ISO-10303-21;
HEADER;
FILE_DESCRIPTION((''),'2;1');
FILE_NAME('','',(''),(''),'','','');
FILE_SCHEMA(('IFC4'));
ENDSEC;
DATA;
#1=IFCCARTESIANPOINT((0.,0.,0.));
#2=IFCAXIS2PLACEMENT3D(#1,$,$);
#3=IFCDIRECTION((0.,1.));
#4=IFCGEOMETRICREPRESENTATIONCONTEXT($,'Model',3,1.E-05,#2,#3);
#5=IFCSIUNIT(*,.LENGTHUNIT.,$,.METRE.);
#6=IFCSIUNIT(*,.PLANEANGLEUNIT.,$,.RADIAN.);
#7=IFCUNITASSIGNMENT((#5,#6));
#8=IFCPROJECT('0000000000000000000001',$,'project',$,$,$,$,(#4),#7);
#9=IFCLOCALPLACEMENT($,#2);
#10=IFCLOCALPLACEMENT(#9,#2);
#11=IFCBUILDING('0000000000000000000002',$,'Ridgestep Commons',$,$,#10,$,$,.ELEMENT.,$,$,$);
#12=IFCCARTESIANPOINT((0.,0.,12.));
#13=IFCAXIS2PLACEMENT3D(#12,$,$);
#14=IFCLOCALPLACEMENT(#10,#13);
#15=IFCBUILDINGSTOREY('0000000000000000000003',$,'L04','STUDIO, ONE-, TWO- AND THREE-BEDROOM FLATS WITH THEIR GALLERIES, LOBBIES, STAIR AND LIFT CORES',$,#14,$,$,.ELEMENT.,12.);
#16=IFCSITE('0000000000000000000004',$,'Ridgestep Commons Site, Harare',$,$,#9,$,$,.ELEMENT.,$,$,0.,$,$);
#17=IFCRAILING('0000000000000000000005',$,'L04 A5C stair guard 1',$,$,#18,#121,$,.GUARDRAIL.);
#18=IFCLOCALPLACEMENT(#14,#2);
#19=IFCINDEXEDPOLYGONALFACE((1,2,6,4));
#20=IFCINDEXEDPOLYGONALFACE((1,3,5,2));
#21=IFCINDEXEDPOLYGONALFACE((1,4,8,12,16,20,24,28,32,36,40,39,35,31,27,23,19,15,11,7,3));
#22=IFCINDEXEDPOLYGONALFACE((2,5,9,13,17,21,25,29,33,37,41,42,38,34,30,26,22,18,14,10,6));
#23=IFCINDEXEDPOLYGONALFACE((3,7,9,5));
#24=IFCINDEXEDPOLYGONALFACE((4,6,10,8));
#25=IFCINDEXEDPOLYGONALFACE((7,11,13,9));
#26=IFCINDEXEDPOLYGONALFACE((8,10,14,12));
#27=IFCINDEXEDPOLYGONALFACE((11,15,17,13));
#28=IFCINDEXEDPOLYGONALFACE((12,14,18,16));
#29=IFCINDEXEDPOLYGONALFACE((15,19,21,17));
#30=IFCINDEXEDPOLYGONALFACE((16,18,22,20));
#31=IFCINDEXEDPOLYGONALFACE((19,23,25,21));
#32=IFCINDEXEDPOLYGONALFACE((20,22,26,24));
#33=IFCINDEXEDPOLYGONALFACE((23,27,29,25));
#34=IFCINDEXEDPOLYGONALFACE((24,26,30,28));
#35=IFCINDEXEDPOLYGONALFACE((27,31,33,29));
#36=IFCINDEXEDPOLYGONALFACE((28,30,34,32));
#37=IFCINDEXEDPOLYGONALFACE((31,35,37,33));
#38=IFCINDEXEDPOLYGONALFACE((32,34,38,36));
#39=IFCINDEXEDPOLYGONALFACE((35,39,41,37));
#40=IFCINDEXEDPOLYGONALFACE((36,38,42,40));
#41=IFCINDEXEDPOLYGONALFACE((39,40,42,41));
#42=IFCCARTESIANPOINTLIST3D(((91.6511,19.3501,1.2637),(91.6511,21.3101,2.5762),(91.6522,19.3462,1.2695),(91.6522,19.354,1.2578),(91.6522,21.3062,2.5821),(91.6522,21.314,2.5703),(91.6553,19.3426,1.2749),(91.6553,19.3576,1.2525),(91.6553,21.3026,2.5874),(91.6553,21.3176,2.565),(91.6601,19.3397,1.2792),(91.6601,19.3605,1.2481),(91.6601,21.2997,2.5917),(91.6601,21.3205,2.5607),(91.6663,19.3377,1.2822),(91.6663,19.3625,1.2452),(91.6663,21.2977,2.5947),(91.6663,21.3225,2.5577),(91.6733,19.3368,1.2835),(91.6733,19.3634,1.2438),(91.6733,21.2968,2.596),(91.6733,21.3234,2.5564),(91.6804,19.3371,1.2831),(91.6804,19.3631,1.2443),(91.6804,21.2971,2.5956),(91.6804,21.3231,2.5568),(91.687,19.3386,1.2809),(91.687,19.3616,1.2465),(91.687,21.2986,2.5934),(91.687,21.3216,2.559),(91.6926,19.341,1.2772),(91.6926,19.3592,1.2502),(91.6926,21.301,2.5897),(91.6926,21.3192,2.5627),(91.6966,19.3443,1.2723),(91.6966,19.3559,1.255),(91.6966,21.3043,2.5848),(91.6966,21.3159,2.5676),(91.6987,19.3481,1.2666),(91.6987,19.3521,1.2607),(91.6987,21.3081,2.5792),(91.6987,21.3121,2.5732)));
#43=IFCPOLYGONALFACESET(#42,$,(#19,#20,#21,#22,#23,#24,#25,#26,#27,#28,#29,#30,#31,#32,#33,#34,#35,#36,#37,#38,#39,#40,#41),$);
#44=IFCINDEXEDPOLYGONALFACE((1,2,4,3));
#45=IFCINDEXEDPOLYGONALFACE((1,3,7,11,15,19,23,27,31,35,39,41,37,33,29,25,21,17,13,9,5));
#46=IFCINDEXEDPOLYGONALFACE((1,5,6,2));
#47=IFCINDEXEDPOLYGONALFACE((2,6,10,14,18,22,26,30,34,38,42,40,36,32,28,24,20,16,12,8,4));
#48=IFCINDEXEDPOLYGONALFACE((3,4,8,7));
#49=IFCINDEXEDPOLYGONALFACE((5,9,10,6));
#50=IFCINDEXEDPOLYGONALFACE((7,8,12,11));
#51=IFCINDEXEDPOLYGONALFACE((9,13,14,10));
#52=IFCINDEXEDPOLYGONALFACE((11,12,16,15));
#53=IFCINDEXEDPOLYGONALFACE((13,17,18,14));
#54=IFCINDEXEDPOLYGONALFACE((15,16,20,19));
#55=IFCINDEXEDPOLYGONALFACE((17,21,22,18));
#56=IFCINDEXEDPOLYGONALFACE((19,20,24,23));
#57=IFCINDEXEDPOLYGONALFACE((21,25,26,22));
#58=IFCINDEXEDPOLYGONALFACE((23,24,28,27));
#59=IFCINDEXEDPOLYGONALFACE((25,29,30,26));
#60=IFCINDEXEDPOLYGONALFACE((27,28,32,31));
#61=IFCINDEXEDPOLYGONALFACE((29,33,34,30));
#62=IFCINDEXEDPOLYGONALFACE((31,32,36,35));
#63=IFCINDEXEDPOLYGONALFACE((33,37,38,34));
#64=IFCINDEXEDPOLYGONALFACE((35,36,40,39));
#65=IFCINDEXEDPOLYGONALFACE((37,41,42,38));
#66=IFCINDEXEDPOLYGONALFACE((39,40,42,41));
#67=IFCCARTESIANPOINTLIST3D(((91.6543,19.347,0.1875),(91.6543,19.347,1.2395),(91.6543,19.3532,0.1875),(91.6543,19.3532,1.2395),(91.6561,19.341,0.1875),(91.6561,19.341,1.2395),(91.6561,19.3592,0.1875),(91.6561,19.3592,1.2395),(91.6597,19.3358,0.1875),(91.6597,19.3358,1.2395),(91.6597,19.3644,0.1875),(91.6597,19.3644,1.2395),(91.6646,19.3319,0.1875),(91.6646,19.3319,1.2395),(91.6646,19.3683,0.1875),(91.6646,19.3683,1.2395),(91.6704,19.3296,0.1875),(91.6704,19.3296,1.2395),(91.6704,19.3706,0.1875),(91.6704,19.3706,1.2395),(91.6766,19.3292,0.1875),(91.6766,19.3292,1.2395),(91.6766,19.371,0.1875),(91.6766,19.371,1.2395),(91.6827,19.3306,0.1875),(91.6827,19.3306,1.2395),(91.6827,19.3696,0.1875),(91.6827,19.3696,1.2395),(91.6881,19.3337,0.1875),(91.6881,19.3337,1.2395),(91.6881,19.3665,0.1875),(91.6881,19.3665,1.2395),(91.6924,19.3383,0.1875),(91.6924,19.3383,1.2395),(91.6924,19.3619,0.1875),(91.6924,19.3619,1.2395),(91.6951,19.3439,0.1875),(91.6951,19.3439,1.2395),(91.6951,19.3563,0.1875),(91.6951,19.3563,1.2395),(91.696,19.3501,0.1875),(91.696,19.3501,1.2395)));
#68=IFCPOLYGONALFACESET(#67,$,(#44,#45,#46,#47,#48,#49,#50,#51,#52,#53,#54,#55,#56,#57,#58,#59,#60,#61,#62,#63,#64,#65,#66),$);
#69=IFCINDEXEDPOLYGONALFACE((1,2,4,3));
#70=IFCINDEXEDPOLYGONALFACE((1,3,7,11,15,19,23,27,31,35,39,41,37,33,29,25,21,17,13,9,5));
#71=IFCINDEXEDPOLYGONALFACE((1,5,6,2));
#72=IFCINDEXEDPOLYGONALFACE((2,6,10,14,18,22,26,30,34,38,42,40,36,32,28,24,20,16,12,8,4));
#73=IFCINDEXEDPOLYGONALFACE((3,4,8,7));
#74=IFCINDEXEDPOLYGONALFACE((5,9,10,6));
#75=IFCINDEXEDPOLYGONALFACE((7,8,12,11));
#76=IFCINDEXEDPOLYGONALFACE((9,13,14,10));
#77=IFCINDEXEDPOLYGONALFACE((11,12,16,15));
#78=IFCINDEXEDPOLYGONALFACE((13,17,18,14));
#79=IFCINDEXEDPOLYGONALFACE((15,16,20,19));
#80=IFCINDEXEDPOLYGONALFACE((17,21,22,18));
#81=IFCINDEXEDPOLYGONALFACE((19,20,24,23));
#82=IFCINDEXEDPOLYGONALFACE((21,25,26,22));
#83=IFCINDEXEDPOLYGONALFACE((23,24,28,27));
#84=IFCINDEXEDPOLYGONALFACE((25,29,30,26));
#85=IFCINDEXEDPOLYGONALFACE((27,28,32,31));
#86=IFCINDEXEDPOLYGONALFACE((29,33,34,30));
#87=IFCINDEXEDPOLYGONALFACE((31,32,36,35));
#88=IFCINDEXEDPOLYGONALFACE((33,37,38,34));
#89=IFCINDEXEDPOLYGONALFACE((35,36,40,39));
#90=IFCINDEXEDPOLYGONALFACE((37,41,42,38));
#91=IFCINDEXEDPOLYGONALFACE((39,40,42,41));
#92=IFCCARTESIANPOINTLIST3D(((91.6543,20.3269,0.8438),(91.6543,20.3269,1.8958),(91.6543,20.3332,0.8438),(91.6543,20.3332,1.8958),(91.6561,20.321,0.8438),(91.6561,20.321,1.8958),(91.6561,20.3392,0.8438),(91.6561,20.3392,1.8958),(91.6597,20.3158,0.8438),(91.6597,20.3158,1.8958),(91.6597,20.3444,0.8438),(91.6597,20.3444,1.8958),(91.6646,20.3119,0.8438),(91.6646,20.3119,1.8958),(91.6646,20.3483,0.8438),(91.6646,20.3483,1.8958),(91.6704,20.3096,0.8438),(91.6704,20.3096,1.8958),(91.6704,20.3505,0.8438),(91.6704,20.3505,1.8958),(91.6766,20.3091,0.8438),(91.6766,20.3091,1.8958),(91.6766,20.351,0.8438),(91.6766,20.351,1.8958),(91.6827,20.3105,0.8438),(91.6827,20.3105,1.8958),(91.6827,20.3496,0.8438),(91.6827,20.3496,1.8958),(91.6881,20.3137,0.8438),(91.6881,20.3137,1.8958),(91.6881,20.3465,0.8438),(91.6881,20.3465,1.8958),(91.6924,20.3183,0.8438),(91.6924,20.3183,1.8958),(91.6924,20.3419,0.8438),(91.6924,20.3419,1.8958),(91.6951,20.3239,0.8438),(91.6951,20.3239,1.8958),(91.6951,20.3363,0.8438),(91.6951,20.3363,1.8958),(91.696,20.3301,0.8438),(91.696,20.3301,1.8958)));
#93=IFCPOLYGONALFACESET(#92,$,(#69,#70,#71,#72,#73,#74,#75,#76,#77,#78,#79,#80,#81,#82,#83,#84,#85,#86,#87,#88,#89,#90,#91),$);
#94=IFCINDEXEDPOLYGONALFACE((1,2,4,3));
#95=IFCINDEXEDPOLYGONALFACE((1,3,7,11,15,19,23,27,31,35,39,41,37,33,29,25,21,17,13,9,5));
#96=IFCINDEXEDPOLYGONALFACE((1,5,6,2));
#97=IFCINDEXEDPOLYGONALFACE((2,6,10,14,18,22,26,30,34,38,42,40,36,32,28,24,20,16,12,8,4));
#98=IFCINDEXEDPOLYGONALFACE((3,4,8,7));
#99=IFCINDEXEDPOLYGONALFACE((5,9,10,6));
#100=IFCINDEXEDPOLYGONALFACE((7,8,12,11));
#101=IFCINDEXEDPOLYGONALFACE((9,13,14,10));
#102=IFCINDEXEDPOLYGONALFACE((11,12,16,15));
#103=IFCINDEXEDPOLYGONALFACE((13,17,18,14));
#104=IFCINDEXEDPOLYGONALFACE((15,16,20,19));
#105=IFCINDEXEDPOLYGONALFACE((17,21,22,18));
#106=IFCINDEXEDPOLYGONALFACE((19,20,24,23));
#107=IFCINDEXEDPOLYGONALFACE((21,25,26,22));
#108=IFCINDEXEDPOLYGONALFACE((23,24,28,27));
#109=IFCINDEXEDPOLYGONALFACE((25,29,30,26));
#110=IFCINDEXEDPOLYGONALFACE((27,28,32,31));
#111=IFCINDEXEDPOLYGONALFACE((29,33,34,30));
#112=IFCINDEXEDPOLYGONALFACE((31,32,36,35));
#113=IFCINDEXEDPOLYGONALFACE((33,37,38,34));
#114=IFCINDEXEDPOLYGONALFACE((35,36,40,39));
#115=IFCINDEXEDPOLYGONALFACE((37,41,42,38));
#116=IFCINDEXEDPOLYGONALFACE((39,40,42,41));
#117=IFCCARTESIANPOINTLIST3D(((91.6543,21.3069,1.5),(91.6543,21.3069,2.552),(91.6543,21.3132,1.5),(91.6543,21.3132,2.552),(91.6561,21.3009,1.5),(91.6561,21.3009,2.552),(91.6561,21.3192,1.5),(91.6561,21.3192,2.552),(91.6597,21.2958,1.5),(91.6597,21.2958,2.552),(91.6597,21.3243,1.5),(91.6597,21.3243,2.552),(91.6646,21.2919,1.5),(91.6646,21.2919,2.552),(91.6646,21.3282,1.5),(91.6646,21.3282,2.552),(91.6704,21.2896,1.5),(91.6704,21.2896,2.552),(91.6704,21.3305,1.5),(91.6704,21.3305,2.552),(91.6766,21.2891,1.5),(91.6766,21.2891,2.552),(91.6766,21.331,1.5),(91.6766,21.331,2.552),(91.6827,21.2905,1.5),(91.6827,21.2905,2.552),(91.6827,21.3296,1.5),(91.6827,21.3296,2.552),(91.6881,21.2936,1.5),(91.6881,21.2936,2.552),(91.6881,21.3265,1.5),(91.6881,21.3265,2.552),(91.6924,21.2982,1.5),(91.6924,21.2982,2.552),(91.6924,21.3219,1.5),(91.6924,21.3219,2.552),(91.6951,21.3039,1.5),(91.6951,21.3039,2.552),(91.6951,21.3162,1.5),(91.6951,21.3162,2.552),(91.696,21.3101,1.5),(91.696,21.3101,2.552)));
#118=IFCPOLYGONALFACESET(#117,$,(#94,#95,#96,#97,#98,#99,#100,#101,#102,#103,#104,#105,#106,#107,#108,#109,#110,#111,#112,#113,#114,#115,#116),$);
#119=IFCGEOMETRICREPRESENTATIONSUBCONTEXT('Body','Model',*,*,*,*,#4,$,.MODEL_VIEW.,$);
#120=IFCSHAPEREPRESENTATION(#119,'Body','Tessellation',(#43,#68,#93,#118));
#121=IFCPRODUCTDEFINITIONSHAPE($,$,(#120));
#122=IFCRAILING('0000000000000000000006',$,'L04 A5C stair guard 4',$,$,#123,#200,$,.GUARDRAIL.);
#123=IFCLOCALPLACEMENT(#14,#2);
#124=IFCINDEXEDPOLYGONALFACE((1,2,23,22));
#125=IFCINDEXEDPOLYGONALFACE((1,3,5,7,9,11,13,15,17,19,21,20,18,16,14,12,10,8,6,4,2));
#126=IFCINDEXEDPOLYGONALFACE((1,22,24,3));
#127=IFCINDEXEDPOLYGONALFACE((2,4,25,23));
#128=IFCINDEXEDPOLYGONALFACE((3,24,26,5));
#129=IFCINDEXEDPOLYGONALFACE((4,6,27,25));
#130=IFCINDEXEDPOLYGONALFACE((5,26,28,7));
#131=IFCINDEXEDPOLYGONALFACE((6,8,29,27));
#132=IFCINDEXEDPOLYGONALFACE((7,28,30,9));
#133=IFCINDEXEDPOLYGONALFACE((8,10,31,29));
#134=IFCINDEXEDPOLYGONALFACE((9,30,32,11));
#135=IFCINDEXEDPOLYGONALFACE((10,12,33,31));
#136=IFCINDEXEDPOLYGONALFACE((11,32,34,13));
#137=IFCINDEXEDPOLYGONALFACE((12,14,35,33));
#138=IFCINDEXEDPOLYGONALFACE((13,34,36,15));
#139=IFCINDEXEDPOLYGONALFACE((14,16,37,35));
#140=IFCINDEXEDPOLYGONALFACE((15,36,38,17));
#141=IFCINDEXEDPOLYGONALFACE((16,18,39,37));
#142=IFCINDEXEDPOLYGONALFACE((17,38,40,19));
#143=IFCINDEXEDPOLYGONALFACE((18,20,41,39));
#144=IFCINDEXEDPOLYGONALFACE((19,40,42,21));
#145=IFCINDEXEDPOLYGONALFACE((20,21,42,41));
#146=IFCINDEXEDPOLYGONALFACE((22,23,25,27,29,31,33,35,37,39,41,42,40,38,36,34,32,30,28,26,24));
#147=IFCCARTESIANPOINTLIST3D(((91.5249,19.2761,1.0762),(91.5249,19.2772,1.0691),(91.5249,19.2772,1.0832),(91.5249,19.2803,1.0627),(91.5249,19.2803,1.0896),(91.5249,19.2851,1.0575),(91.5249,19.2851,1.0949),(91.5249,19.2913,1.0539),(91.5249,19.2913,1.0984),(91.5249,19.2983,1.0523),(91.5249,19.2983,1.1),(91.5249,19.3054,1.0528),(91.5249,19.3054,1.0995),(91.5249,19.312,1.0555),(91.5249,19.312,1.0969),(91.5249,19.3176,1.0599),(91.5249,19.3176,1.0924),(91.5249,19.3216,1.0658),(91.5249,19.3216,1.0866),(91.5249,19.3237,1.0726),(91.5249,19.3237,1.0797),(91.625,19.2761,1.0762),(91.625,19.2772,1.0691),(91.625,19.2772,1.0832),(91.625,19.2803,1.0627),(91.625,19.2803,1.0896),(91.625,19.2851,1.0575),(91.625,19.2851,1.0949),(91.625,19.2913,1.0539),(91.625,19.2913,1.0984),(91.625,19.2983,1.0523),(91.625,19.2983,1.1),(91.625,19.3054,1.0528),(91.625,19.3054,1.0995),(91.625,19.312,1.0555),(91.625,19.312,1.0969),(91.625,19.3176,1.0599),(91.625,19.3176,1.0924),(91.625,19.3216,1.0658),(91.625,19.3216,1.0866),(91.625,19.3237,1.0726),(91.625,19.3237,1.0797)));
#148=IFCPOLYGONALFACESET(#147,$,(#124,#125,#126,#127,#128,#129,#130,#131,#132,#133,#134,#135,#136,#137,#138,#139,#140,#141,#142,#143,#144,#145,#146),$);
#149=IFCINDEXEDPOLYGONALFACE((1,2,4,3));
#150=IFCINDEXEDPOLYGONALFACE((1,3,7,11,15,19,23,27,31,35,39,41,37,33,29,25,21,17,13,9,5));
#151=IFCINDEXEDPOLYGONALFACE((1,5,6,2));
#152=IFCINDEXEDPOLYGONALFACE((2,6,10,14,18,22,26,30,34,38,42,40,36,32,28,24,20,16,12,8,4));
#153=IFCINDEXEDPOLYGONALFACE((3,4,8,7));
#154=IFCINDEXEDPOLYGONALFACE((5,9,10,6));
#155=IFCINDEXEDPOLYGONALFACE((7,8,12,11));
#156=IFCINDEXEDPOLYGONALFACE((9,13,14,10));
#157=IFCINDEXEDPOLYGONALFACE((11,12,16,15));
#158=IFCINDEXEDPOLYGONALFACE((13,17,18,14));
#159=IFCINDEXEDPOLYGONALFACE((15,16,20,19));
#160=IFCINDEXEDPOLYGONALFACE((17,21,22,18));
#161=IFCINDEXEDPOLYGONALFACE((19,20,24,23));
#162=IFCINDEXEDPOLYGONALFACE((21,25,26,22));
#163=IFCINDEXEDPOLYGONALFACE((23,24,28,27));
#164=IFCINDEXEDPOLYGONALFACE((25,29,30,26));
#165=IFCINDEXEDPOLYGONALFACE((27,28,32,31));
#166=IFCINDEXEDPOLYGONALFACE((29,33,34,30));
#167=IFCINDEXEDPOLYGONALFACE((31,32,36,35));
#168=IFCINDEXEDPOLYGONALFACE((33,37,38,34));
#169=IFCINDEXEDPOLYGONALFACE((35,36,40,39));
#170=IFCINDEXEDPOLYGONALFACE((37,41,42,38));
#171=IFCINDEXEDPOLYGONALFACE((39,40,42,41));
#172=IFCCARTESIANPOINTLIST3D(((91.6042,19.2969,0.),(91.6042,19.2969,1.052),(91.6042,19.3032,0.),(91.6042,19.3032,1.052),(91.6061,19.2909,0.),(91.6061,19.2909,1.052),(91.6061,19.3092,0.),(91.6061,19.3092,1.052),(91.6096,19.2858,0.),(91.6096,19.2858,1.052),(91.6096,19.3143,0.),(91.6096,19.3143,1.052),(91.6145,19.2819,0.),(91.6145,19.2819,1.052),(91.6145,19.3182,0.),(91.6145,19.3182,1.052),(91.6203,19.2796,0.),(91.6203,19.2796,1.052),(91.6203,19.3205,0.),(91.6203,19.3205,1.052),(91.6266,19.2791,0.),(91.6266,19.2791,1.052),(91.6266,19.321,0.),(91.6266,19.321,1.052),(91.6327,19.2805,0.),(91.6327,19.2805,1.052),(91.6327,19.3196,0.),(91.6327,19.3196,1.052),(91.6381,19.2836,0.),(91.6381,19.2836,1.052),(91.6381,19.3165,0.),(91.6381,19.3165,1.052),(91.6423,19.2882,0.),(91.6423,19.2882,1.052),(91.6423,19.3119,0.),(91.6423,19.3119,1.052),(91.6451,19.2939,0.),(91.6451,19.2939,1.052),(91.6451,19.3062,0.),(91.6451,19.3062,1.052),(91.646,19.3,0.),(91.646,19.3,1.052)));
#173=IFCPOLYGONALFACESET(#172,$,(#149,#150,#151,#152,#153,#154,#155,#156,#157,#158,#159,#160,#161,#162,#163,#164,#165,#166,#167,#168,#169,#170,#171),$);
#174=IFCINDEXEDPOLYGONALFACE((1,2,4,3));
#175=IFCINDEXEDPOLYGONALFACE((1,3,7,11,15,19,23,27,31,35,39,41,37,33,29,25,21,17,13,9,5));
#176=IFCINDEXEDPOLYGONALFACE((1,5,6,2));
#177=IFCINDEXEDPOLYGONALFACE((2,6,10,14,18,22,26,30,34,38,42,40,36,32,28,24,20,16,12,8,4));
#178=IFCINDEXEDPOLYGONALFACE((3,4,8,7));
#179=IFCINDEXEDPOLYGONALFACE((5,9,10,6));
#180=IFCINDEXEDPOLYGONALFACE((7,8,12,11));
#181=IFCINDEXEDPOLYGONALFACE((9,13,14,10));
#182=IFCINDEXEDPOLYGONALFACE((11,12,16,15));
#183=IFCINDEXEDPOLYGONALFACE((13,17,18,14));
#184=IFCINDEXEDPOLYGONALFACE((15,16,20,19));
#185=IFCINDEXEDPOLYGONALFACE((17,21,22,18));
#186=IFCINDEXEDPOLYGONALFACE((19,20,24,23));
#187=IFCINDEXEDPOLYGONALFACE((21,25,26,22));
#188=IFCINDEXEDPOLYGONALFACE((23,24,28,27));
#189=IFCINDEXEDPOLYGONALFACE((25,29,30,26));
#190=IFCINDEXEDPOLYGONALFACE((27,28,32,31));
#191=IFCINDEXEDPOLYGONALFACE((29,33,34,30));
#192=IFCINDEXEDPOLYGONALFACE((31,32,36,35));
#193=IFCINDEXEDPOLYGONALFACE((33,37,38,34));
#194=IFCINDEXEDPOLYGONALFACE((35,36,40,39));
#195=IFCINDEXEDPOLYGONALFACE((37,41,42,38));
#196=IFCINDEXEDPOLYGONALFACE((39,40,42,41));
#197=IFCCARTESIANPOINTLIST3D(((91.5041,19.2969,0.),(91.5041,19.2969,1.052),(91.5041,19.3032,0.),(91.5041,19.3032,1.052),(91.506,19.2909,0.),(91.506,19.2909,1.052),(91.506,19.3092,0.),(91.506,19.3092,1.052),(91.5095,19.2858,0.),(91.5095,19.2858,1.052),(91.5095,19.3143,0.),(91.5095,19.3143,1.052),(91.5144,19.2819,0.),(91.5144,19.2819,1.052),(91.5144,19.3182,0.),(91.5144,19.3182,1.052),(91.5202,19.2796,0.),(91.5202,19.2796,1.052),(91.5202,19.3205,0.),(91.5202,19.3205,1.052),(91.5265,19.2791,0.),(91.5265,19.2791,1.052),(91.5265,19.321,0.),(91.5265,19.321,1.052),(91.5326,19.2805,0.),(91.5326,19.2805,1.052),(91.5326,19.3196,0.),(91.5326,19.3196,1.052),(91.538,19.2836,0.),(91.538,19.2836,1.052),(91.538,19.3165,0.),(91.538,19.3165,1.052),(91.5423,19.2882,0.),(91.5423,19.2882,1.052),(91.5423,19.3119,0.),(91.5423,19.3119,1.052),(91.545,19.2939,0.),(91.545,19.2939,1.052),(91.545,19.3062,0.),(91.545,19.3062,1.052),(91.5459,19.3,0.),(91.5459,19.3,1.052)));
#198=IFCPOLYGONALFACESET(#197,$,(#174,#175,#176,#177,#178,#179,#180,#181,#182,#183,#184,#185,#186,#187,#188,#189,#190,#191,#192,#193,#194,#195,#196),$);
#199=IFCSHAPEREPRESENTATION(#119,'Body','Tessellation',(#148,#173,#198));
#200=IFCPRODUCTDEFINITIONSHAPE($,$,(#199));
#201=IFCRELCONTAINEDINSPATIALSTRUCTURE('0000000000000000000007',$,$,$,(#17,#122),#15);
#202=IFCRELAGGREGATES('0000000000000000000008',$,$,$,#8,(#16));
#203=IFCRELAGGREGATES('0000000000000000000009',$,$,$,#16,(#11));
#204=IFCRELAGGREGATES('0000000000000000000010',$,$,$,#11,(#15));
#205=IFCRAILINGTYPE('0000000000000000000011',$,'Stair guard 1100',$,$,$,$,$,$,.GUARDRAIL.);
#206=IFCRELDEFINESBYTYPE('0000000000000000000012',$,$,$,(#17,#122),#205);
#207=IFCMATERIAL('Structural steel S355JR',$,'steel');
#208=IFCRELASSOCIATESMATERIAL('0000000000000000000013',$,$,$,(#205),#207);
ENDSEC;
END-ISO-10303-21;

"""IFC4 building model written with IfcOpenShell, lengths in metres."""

from ifc_helpers import new_model, si_unit, direction, frame, origin, origin_2d, place, context, subcontext, project, spatial, circle, extrude, material, type_object, element, save


model = new_model("IFC4")

# Units and contexts
model_context = context("Model", 3, precision=1e-05, world=origin(), true_north=direction((0.0, 1.0)))
body_context = subcontext(model_context, "Body", "Model", "MODEL_VIEW")
ifc_project = project(units=[si_unit("LENGTHUNIT", "METRE"), si_unit("PLANEANGLEUNIT", "RADIAN")], contexts=[model_context])

# Site, building, storey
site_placement = place(None, origin())
site = spatial("IfcSite", under=ifc_project, at=site_placement, Name="Ridgestep Commons Site, Harare", CompositionType="ELEMENT", RefElevation=0.0)
building_placement = place(site_placement, origin())
building = spatial("IfcBuilding", under=site, at=building_placement, Name="Ridgestep Commons", CompositionType="ELEMENT")
storey_placement = place(building_placement, frame((0.0, 0.0, 12.0)))
storey = spatial("IfcBuildingStorey", under=building, at=storey_placement, Name="L04", Description="STUDIO, ONE-, TWO- AND THREE-BEDROOM FLATS WITH THEIR GALLERIES, LOBBIES, STAIR AND LIFT CORES", CompositionType="ELEMENT", Elevation=12.0)

# Railings
ifc_material_1 = material(Name="Structural steel S355JR", Category="steel")
railing_type_1 = type_object("IfcRailingType", Name="Stair guard 1100", PredefinedType="GUARDRAIL", material=ifc_material_1)
railing_1_placement = place(storey_placement, frame((91.675, 19.3501, 0.1875)))
element("IfcRailing", 1, at=railing_1_placement, inside=storey, type_object=railing_type_1, Name="L04 A5C stair guard 1", PredefinedType="GUARDRAIL", context=body_context, shape_type="SweptSolid", body=[
    extrude(circle(Radius=0.0239, at=origin_2d()), frame((0.0, 0.0, 1.0762), z_axis=(0.0, 0.830902, 0.556419), x_axis=(-1.0, 0.0, 0.0)), (0.0, 0.0, 1.0), 2.3589),
    extrude(circle(Radius=0.021, at=origin_2d()), origin(), (0.0, 0.0, 1.0), 1.052),
    extrude(circle(Radius=0.021, at=origin_2d()), frame((0.0, 0.98, 0.6562)), (0.0, 0.0, 1.0), 1.052),
    extrude(circle(Radius=0.021, at=origin_2d()), frame((0.0, 1.96, 1.3125)), (0.0, 0.0, 1.0), 1.052),
])
railing_2_placement = place(storey_placement, frame((91.625, 19.3, 0.0)))
element("IfcRailing", 2, at=railing_2_placement, inside=storey, type_object=railing_type_1, Name="L04 A5C stair guard 4", PredefinedType="GUARDRAIL", context=body_context, shape_type="SweptSolid", body=[
    extrude(circle(Radius=0.0239, at=origin_2d()), frame((0.0, 0.0, 1.0762), z_axis=(-1.0, 0.0, 0.0), x_axis=(0.0, -1.0, 0.0)), (0.0, 0.0, 1.0), 0.1001),
    extrude(circle(Radius=0.021, at=origin_2d()), origin(), (0.0, 0.0, 1.0), 1.052),
    extrude(circle(Radius=0.021, at=origin_2d()), frame((-0.1001, 0.0, 0.0)), (0.0, 0.0, 1.0), 1.052),
])

save(model, "model.ifc")
